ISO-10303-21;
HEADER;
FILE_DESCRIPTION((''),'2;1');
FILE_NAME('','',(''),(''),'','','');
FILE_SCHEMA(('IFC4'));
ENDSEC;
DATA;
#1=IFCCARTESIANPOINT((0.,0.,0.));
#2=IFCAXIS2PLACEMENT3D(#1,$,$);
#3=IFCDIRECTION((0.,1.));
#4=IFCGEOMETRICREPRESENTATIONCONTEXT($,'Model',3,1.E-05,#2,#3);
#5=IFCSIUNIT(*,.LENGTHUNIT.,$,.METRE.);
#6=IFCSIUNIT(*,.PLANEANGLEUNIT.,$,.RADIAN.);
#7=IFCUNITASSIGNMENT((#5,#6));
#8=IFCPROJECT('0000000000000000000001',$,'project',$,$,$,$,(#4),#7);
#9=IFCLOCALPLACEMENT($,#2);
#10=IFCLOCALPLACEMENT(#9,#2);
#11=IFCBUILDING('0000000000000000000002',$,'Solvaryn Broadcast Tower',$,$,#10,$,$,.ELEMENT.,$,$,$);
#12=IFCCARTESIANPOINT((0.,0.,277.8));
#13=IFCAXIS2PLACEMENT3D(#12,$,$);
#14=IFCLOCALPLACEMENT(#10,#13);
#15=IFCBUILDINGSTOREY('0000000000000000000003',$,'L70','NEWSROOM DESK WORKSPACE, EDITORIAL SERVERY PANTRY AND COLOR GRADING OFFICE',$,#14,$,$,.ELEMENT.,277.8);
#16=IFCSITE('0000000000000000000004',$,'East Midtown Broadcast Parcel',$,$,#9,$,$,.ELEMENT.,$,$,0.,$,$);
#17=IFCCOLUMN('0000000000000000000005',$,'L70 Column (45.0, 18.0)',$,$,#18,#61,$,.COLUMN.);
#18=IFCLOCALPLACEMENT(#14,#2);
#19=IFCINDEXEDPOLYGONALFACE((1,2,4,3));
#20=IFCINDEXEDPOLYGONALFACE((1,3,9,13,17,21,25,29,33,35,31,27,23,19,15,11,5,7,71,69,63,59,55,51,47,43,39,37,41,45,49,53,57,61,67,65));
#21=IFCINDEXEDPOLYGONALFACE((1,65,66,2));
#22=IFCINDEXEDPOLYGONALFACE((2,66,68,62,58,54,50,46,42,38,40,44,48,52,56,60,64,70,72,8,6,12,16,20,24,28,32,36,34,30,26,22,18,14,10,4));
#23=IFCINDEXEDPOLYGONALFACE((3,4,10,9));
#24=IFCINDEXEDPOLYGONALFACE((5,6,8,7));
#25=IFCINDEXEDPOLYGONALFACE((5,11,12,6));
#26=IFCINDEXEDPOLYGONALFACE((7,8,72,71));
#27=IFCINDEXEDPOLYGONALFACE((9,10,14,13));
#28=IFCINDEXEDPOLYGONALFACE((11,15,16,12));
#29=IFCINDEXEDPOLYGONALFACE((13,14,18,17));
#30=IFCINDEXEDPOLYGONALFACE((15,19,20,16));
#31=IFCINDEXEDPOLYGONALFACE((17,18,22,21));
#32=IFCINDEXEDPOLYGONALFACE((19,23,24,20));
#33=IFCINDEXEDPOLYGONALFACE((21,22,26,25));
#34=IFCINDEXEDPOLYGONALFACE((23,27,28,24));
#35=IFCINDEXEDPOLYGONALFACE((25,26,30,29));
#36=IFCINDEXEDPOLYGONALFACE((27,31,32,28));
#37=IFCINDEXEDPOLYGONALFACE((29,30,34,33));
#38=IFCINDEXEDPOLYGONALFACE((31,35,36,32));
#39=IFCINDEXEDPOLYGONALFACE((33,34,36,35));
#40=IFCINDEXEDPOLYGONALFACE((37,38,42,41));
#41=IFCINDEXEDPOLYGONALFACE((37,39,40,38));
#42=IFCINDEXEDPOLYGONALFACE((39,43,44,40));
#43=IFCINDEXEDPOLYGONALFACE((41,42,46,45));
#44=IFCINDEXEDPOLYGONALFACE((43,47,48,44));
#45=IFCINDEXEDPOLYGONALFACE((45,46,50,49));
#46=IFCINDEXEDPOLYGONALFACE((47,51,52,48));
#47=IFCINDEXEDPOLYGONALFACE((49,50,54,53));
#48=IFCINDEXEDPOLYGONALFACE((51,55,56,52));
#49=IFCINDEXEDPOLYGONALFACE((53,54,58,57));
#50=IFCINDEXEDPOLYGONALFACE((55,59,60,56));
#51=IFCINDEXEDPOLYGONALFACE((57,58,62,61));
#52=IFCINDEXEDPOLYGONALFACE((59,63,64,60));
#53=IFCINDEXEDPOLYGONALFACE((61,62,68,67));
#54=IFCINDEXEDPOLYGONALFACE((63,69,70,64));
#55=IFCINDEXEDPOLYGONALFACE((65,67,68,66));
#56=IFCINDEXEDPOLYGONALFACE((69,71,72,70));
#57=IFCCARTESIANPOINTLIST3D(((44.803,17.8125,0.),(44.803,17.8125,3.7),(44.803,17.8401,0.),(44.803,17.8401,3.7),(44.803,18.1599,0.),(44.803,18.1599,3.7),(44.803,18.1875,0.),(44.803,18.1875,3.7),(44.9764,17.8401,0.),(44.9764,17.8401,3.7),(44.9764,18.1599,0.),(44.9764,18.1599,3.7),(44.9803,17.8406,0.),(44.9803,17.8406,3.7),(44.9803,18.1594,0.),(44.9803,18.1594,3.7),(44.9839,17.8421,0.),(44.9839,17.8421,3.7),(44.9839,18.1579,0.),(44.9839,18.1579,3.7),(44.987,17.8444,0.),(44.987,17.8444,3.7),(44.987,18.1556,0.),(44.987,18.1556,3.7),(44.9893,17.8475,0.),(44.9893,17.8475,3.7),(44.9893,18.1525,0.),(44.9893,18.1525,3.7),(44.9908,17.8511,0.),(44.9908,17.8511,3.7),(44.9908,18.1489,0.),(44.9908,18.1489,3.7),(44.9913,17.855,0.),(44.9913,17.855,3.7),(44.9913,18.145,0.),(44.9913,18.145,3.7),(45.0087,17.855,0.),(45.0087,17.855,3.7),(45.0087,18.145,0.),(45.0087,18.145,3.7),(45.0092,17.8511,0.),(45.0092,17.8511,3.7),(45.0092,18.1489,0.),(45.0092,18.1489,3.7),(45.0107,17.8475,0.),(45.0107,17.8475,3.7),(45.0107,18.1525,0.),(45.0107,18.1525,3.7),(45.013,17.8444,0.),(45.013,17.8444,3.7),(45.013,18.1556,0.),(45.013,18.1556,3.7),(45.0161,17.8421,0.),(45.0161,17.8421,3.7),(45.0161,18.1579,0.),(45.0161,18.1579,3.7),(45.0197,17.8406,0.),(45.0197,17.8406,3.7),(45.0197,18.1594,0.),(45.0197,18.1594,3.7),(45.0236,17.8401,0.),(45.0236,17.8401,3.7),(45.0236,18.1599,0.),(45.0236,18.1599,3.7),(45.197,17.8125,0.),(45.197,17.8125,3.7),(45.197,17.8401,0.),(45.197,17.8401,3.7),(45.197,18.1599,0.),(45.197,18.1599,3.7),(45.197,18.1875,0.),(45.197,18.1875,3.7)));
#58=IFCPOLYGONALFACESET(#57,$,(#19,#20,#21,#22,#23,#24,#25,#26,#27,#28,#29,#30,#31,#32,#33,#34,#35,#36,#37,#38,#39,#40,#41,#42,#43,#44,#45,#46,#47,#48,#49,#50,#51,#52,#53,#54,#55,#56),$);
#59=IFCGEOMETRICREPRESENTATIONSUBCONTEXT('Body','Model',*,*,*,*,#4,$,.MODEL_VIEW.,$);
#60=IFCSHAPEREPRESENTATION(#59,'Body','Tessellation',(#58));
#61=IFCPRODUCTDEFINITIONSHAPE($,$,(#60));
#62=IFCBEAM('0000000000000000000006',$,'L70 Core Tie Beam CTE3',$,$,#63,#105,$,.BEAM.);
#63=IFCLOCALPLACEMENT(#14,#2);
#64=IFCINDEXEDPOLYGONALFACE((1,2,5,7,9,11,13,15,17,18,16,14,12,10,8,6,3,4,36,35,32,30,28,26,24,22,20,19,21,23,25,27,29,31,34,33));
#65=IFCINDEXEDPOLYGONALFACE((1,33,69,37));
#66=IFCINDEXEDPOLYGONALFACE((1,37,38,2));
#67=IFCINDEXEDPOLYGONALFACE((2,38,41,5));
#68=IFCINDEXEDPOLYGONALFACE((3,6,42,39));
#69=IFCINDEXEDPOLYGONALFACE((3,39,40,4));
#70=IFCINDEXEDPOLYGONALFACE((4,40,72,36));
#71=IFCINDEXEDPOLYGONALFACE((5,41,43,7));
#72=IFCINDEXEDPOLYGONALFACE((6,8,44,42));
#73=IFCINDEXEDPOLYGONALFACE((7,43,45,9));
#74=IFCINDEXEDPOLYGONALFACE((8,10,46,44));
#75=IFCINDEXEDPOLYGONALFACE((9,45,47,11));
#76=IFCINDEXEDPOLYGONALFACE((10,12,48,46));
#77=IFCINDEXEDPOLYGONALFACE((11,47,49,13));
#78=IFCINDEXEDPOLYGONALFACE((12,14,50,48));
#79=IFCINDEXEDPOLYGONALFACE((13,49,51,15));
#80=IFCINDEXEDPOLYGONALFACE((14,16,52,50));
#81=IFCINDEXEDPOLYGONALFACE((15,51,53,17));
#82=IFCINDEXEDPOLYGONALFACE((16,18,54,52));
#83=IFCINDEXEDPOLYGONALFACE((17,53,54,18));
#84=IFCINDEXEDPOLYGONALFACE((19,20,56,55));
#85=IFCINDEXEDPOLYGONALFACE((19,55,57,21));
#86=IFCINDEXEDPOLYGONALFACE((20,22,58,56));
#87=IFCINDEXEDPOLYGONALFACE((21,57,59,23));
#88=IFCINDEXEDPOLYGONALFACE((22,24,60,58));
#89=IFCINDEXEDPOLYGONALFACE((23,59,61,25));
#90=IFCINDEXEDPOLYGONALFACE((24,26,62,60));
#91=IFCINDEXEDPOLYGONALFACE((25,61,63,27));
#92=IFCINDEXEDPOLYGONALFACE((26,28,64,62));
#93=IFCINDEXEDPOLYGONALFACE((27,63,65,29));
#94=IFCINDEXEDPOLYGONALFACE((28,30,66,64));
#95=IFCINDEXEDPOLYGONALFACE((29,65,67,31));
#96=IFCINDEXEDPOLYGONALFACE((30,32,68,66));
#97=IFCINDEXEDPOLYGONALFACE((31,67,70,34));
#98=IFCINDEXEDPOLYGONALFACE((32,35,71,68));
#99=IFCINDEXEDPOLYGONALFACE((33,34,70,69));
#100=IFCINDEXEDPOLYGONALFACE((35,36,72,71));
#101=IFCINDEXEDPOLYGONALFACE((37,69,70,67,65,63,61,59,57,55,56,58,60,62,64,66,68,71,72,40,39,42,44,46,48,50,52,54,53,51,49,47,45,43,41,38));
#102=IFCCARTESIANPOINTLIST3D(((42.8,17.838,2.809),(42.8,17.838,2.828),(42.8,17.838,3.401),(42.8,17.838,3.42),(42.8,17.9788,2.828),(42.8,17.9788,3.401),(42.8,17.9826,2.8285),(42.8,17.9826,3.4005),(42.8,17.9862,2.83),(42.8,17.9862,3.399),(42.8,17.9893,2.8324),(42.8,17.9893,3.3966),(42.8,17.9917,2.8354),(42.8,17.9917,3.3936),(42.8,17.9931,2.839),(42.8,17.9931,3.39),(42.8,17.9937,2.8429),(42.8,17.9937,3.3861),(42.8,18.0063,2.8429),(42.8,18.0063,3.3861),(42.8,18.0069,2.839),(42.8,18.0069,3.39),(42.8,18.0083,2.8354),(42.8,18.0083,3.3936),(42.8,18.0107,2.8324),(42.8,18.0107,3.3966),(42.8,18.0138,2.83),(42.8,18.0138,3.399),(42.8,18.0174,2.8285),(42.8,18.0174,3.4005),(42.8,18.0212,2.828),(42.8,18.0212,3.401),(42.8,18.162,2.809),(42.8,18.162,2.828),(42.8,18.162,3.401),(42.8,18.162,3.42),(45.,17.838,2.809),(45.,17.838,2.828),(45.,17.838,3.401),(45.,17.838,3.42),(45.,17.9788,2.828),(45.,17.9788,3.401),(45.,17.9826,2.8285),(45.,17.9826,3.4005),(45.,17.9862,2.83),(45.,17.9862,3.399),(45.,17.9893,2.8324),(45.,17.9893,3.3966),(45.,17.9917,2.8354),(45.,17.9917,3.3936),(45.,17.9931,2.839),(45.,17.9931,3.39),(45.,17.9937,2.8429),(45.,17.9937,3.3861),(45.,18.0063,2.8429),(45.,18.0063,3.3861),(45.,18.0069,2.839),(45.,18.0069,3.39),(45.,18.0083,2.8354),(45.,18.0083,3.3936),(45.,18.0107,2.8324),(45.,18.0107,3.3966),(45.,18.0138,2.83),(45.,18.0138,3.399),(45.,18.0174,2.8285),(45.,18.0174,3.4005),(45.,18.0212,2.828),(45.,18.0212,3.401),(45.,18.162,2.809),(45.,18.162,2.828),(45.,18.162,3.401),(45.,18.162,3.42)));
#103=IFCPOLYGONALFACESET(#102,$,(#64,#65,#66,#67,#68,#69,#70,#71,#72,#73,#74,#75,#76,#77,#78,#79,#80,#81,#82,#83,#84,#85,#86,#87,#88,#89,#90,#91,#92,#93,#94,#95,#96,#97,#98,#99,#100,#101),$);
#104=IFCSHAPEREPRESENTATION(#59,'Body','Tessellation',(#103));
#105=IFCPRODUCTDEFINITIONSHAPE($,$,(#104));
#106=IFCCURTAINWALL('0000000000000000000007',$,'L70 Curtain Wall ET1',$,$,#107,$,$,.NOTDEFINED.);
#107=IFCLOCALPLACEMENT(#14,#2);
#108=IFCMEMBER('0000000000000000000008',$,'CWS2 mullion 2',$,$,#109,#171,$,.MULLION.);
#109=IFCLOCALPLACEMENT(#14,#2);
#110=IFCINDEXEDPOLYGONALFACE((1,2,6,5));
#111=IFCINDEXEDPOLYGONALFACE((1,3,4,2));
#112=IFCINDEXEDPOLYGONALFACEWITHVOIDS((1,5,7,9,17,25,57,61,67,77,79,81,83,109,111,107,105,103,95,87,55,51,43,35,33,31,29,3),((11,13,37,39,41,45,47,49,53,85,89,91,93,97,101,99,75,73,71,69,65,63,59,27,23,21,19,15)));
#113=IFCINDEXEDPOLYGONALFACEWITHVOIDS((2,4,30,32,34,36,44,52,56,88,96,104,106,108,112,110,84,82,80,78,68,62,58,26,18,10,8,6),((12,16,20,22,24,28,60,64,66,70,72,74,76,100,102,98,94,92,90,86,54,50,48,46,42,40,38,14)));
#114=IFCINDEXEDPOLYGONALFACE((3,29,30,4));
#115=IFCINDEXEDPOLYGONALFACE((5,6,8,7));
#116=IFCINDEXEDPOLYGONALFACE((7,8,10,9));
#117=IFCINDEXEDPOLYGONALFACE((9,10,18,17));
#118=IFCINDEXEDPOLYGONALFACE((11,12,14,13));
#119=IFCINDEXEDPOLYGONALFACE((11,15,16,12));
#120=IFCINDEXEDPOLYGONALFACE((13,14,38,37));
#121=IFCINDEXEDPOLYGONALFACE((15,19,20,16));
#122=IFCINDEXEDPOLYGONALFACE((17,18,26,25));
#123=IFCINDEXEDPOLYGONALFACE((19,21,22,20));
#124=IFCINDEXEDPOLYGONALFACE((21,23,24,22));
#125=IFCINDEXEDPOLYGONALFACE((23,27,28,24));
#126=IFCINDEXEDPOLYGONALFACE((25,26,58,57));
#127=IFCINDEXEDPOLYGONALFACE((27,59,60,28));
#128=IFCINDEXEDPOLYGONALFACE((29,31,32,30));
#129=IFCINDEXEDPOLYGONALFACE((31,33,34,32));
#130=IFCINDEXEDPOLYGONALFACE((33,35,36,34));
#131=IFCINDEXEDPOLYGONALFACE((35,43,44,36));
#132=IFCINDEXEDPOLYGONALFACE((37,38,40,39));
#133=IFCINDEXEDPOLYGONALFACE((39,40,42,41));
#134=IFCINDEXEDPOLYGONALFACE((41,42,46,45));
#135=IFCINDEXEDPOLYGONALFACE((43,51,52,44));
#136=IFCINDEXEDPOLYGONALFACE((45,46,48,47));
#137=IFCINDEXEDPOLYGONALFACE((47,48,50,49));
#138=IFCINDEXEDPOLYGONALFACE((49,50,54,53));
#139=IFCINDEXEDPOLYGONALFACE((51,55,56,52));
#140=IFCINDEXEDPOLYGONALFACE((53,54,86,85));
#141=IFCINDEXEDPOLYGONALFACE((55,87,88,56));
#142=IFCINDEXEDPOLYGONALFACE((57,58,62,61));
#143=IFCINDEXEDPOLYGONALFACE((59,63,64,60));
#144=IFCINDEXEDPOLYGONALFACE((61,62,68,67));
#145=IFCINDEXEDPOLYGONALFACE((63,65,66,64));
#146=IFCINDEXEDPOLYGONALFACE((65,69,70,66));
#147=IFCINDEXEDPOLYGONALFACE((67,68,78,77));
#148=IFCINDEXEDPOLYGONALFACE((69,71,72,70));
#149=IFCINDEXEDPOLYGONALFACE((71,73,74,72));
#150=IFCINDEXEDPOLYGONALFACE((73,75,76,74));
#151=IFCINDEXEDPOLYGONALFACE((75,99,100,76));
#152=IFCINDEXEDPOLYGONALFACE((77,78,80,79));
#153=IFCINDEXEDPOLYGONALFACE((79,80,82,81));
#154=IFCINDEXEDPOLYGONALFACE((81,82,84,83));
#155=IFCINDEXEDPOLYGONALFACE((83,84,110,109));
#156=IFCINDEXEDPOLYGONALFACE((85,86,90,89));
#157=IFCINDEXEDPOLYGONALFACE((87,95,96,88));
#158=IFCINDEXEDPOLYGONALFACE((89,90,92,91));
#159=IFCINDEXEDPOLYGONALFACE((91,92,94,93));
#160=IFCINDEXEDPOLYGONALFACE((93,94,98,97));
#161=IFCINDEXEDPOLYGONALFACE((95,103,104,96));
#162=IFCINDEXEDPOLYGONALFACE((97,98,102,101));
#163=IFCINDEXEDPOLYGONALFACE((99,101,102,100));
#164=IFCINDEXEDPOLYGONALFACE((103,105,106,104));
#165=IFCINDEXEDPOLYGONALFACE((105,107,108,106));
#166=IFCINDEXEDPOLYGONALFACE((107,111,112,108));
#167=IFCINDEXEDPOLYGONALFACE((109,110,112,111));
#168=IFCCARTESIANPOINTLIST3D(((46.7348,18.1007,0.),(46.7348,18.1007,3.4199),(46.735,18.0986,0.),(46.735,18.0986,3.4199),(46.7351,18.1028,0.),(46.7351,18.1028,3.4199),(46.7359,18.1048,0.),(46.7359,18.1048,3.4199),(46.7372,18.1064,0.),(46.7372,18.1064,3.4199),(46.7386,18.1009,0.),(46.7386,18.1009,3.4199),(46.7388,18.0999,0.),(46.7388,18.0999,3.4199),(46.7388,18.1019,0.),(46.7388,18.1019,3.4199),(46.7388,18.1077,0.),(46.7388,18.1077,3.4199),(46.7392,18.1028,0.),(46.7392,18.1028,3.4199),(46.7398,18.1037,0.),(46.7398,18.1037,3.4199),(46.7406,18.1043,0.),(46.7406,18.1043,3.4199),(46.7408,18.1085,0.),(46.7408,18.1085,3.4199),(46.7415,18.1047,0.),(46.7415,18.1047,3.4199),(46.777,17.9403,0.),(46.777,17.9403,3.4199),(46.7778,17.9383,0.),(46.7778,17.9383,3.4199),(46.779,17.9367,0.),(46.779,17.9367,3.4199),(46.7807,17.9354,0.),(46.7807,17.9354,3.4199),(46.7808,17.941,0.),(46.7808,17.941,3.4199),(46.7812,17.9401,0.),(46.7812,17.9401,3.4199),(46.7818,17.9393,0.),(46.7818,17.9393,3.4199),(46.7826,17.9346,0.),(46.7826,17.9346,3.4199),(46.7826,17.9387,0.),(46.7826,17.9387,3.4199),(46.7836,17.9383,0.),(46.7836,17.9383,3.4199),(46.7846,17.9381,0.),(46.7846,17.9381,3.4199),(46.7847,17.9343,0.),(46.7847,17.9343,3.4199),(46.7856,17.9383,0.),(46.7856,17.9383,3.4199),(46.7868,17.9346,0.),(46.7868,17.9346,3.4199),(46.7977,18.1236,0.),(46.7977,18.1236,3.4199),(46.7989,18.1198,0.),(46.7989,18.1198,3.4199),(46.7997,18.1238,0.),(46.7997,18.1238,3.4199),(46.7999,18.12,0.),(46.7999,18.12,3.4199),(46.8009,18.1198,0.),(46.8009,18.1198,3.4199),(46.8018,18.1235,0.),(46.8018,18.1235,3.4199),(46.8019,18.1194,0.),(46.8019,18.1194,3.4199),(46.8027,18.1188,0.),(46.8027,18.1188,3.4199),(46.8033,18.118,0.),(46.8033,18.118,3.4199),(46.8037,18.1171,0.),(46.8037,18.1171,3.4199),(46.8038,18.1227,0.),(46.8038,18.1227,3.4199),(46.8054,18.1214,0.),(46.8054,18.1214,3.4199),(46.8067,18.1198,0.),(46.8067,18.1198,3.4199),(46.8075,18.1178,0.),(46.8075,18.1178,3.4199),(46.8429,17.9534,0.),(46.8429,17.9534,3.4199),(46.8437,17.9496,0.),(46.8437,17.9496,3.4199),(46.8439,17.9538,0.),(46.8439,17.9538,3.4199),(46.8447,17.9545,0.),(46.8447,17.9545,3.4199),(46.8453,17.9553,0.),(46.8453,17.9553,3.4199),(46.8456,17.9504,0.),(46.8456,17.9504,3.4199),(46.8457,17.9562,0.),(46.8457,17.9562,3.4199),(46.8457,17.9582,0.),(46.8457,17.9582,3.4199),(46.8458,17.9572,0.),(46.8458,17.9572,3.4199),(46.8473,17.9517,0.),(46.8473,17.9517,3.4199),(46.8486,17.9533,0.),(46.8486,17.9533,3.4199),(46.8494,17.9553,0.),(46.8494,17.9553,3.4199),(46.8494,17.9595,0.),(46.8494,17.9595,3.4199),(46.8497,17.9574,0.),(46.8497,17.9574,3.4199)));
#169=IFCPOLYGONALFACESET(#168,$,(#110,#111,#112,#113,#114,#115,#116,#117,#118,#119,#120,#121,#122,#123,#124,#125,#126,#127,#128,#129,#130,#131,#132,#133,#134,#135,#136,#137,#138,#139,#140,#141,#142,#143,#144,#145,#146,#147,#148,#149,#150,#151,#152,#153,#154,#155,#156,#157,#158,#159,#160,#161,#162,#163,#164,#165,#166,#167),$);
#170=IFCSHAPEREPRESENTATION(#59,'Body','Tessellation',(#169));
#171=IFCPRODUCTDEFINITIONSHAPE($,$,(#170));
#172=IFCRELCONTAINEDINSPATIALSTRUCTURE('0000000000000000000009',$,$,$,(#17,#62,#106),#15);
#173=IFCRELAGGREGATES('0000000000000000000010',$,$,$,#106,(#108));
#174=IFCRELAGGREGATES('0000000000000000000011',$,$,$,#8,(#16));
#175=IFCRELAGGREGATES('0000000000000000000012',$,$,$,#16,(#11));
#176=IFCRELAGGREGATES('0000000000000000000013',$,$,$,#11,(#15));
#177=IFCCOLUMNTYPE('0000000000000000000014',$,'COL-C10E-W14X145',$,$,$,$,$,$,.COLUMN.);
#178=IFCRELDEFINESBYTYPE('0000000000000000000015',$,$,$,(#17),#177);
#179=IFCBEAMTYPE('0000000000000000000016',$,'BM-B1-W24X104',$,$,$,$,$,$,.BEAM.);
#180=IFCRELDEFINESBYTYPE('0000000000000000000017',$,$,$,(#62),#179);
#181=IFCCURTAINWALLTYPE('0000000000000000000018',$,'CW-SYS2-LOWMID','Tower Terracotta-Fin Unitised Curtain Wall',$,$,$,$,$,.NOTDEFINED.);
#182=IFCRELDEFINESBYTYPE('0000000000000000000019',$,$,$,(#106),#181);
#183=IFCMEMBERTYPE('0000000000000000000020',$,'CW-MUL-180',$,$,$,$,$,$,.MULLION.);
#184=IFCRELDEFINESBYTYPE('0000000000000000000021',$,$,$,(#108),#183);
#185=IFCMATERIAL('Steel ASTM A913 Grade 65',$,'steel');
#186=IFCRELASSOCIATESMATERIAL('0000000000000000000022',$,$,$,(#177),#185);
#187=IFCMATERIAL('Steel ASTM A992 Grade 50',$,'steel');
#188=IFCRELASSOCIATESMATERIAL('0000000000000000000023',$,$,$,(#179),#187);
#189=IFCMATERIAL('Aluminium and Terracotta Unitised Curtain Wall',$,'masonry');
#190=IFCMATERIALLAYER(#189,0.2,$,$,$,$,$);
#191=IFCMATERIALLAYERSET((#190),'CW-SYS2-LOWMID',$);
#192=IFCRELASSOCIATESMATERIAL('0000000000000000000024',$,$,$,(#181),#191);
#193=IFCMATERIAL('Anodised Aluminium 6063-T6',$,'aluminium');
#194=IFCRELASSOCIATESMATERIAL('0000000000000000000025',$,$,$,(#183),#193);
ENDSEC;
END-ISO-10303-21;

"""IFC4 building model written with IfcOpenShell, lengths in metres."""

from ifc_helpers import new_model, si_unit, direction, frame, origin, origin_2d, place, context, subcontext, project, spatial, hollow_rectangle, i_section, extrude, material, layer, layer_set, material_profile, profile_set, type_object, element, aggregate, save


model = new_model("IFC4")

# Units and contexts
model_context = context("Model", 3, precision=1e-05, world=origin(), true_north=direction((0.0, 1.0)))
body_context = subcontext(model_context, "Body", "Model", "MODEL_VIEW")
ifc_project = project(units=[si_unit("LENGTHUNIT", "METRE"), si_unit("PLANEANGLEUNIT", "RADIAN")], contexts=[model_context])

# Site, building, storey
site_placement = place(None, origin())
site = spatial("IfcSite", under=ifc_project, at=site_placement, Name="East Midtown Broadcast Parcel", CompositionType="ELEMENT", RefElevation=0.0)
building_placement = place(site_placement, origin())
building = spatial("IfcBuilding", under=site, at=building_placement, Name="Solvaryn Broadcast Tower", CompositionType="ELEMENT")
storey_placement = place(building_placement, frame((0.0, 0.0, 277.8)))
storey = spatial("IfcBuildingStorey", under=building, at=storey_placement, Name="L70", Description="NEWSROOM DESK WORKSPACE, EDITORIAL SERVERY PANTRY AND COLOR GRADING OFFICE", CompositionType="ELEMENT", Elevation=277.8)

# Column
ifc_material_1 = material(Name="Steel ASTM A913 Grade 65", Category="steel")
ifc_material_profile_1 = material_profile(ifc_material_1, i_section(OverallWidth=0.394, OverallDepth=0.375, WebThickness=0.0173, FlangeThickness=0.0276, FilletRadius=0.0149, at=origin_2d()))
ifc_profile_set_1 = profile_set([ifc_material_profile_1], Name="Steel ASTM A913 Grade 65")
column_type = type_object("IfcColumnType", Name="COL-C10E-W14X145", PredefinedType="COLUMN", material=ifc_profile_set_1)
column_placement = place(storey_placement, frame((45.0, 18.0, 0.0), z_axis=(0.0, 0.0, 1.0), x_axis=(1.0, 0.0, 0.0)))
element("IfcColumn", 1, at=column_placement, inside=storey, type_object=column_type, Name="L70 Column (45.0, 18.0)", PredefinedType="COLUMN", context=body_context, shape_type="SweptSolid", body=[
    extrude(i_section(OverallWidth=0.394, OverallDepth=0.375, WebThickness=0.0173, FlangeThickness=0.0276, FilletRadius=0.0149, at=origin_2d()), origin(), (0.0, 0.0, 1.0), 3.7),
])

# Beam
ifc_material_2 = material(Name="Steel ASTM A992 Grade 50", Category="steel")
ifc_material_profile_2 = material_profile(ifc_material_2, i_section(OverallWidth=0.324, OverallDepth=0.6111, WebThickness=0.0127, FlangeThickness=0.019, FilletRadius=0.0149, at=origin_2d()))
ifc_profile_set_2 = profile_set([ifc_material_profile_2], Name="Steel ASTM A992 Grade 50")
beam_type = type_object("IfcBeamType", Name="BM-B1-W24X104", PredefinedType="BEAM", material=ifc_profile_set_2)
beam_placement = place(storey_placement, frame((42.8, 18.0, 3.1145), z_axis=(1.0, 0.0, 0.0), x_axis=(0.0, 1.0, 0.0)))
element("IfcBeam", 2, at=beam_placement, inside=storey, type_object=beam_type, Name="L70 Core Tie Beam CTE3", PredefinedType="BEAM", context=body_context, shape_type="SweptSolid", body=[
    extrude(i_section(OverallWidth=0.324, OverallDepth=0.6111, WebThickness=0.0127, FlangeThickness=0.019, FilletRadius=0.0149, at=origin_2d()), origin(), (0.0, 0.0, 1.0), 2.2),
])

# Curtain wall, member
ifc_material_3 = material(Name="Aluminium and Terracotta Unitised Curtain Wall", Category="masonry")
ifc_layer_1 = layer(ifc_material_3, 0.2)
ifc_layer_set_1 = layer_set([ifc_layer_1], Name="CW-SYS2-LOWMID")
curtain_wall_type = type_object("IfcCurtainWallType", Name="CW-SYS2-LOWMID", Description="Tower Terracotta-Fin Unitised Curtain Wall", PredefinedType="NOTDEFINED", material=ifc_layer_set_1)
curtain_wall_1_placement = place(storey_placement, origin())
curtain_wall_1 = element("IfcCurtainWall", 3, at=curtain_wall_1_placement, inside=storey, type_object=curtain_wall_type, Name="L70 Curtain Wall ET1", PredefinedType="NOTDEFINED")
ifc_material_4 = material(Name="Anodised Aluminium 6063-T6", Category="aluminium")
ifc_material_profile_3 = material_profile(ifc_material_4, hollow_rectangle(XDim=0.075, YDim=0.1799, WallThickness=0.0039, InnerFilletRadius=0.0039, OuterFilletRadius=0.0081, at=origin_2d()))
ifc_profile_set_3 = profile_set([ifc_material_profile_3], Name="Anodised Aluminium 6063-T6")
member_type_1 = type_object("IfcMemberType", Name="CW-MUL-180", PredefinedType="MULLION", material=ifc_profile_set_3)
member_1_placement = place(storey_placement, frame((46.7922, 18.0291, 0.0), z_axis=(0.0, 0.0, 1.0), x_axis=(0.966705, 0.255893, 0.0)))
member_1 = element("IfcMember", 4, at=member_1_placement, type_object=member_type_1, Name="CWS2 mullion 2", PredefinedType="MULLION", context=body_context, shape_type="SweptSolid", body=[
    extrude(hollow_rectangle(XDim=0.075, YDim=0.1799, WallThickness=0.0039, InnerFilletRadius=0.0039, OuterFilletRadius=0.0081, at=origin_2d()), origin(), (0.0, 0.0, 1.0), 3.4199),
])

aggregate(curtain_wall_1, [member_1])

save(model, "model.ifc")
